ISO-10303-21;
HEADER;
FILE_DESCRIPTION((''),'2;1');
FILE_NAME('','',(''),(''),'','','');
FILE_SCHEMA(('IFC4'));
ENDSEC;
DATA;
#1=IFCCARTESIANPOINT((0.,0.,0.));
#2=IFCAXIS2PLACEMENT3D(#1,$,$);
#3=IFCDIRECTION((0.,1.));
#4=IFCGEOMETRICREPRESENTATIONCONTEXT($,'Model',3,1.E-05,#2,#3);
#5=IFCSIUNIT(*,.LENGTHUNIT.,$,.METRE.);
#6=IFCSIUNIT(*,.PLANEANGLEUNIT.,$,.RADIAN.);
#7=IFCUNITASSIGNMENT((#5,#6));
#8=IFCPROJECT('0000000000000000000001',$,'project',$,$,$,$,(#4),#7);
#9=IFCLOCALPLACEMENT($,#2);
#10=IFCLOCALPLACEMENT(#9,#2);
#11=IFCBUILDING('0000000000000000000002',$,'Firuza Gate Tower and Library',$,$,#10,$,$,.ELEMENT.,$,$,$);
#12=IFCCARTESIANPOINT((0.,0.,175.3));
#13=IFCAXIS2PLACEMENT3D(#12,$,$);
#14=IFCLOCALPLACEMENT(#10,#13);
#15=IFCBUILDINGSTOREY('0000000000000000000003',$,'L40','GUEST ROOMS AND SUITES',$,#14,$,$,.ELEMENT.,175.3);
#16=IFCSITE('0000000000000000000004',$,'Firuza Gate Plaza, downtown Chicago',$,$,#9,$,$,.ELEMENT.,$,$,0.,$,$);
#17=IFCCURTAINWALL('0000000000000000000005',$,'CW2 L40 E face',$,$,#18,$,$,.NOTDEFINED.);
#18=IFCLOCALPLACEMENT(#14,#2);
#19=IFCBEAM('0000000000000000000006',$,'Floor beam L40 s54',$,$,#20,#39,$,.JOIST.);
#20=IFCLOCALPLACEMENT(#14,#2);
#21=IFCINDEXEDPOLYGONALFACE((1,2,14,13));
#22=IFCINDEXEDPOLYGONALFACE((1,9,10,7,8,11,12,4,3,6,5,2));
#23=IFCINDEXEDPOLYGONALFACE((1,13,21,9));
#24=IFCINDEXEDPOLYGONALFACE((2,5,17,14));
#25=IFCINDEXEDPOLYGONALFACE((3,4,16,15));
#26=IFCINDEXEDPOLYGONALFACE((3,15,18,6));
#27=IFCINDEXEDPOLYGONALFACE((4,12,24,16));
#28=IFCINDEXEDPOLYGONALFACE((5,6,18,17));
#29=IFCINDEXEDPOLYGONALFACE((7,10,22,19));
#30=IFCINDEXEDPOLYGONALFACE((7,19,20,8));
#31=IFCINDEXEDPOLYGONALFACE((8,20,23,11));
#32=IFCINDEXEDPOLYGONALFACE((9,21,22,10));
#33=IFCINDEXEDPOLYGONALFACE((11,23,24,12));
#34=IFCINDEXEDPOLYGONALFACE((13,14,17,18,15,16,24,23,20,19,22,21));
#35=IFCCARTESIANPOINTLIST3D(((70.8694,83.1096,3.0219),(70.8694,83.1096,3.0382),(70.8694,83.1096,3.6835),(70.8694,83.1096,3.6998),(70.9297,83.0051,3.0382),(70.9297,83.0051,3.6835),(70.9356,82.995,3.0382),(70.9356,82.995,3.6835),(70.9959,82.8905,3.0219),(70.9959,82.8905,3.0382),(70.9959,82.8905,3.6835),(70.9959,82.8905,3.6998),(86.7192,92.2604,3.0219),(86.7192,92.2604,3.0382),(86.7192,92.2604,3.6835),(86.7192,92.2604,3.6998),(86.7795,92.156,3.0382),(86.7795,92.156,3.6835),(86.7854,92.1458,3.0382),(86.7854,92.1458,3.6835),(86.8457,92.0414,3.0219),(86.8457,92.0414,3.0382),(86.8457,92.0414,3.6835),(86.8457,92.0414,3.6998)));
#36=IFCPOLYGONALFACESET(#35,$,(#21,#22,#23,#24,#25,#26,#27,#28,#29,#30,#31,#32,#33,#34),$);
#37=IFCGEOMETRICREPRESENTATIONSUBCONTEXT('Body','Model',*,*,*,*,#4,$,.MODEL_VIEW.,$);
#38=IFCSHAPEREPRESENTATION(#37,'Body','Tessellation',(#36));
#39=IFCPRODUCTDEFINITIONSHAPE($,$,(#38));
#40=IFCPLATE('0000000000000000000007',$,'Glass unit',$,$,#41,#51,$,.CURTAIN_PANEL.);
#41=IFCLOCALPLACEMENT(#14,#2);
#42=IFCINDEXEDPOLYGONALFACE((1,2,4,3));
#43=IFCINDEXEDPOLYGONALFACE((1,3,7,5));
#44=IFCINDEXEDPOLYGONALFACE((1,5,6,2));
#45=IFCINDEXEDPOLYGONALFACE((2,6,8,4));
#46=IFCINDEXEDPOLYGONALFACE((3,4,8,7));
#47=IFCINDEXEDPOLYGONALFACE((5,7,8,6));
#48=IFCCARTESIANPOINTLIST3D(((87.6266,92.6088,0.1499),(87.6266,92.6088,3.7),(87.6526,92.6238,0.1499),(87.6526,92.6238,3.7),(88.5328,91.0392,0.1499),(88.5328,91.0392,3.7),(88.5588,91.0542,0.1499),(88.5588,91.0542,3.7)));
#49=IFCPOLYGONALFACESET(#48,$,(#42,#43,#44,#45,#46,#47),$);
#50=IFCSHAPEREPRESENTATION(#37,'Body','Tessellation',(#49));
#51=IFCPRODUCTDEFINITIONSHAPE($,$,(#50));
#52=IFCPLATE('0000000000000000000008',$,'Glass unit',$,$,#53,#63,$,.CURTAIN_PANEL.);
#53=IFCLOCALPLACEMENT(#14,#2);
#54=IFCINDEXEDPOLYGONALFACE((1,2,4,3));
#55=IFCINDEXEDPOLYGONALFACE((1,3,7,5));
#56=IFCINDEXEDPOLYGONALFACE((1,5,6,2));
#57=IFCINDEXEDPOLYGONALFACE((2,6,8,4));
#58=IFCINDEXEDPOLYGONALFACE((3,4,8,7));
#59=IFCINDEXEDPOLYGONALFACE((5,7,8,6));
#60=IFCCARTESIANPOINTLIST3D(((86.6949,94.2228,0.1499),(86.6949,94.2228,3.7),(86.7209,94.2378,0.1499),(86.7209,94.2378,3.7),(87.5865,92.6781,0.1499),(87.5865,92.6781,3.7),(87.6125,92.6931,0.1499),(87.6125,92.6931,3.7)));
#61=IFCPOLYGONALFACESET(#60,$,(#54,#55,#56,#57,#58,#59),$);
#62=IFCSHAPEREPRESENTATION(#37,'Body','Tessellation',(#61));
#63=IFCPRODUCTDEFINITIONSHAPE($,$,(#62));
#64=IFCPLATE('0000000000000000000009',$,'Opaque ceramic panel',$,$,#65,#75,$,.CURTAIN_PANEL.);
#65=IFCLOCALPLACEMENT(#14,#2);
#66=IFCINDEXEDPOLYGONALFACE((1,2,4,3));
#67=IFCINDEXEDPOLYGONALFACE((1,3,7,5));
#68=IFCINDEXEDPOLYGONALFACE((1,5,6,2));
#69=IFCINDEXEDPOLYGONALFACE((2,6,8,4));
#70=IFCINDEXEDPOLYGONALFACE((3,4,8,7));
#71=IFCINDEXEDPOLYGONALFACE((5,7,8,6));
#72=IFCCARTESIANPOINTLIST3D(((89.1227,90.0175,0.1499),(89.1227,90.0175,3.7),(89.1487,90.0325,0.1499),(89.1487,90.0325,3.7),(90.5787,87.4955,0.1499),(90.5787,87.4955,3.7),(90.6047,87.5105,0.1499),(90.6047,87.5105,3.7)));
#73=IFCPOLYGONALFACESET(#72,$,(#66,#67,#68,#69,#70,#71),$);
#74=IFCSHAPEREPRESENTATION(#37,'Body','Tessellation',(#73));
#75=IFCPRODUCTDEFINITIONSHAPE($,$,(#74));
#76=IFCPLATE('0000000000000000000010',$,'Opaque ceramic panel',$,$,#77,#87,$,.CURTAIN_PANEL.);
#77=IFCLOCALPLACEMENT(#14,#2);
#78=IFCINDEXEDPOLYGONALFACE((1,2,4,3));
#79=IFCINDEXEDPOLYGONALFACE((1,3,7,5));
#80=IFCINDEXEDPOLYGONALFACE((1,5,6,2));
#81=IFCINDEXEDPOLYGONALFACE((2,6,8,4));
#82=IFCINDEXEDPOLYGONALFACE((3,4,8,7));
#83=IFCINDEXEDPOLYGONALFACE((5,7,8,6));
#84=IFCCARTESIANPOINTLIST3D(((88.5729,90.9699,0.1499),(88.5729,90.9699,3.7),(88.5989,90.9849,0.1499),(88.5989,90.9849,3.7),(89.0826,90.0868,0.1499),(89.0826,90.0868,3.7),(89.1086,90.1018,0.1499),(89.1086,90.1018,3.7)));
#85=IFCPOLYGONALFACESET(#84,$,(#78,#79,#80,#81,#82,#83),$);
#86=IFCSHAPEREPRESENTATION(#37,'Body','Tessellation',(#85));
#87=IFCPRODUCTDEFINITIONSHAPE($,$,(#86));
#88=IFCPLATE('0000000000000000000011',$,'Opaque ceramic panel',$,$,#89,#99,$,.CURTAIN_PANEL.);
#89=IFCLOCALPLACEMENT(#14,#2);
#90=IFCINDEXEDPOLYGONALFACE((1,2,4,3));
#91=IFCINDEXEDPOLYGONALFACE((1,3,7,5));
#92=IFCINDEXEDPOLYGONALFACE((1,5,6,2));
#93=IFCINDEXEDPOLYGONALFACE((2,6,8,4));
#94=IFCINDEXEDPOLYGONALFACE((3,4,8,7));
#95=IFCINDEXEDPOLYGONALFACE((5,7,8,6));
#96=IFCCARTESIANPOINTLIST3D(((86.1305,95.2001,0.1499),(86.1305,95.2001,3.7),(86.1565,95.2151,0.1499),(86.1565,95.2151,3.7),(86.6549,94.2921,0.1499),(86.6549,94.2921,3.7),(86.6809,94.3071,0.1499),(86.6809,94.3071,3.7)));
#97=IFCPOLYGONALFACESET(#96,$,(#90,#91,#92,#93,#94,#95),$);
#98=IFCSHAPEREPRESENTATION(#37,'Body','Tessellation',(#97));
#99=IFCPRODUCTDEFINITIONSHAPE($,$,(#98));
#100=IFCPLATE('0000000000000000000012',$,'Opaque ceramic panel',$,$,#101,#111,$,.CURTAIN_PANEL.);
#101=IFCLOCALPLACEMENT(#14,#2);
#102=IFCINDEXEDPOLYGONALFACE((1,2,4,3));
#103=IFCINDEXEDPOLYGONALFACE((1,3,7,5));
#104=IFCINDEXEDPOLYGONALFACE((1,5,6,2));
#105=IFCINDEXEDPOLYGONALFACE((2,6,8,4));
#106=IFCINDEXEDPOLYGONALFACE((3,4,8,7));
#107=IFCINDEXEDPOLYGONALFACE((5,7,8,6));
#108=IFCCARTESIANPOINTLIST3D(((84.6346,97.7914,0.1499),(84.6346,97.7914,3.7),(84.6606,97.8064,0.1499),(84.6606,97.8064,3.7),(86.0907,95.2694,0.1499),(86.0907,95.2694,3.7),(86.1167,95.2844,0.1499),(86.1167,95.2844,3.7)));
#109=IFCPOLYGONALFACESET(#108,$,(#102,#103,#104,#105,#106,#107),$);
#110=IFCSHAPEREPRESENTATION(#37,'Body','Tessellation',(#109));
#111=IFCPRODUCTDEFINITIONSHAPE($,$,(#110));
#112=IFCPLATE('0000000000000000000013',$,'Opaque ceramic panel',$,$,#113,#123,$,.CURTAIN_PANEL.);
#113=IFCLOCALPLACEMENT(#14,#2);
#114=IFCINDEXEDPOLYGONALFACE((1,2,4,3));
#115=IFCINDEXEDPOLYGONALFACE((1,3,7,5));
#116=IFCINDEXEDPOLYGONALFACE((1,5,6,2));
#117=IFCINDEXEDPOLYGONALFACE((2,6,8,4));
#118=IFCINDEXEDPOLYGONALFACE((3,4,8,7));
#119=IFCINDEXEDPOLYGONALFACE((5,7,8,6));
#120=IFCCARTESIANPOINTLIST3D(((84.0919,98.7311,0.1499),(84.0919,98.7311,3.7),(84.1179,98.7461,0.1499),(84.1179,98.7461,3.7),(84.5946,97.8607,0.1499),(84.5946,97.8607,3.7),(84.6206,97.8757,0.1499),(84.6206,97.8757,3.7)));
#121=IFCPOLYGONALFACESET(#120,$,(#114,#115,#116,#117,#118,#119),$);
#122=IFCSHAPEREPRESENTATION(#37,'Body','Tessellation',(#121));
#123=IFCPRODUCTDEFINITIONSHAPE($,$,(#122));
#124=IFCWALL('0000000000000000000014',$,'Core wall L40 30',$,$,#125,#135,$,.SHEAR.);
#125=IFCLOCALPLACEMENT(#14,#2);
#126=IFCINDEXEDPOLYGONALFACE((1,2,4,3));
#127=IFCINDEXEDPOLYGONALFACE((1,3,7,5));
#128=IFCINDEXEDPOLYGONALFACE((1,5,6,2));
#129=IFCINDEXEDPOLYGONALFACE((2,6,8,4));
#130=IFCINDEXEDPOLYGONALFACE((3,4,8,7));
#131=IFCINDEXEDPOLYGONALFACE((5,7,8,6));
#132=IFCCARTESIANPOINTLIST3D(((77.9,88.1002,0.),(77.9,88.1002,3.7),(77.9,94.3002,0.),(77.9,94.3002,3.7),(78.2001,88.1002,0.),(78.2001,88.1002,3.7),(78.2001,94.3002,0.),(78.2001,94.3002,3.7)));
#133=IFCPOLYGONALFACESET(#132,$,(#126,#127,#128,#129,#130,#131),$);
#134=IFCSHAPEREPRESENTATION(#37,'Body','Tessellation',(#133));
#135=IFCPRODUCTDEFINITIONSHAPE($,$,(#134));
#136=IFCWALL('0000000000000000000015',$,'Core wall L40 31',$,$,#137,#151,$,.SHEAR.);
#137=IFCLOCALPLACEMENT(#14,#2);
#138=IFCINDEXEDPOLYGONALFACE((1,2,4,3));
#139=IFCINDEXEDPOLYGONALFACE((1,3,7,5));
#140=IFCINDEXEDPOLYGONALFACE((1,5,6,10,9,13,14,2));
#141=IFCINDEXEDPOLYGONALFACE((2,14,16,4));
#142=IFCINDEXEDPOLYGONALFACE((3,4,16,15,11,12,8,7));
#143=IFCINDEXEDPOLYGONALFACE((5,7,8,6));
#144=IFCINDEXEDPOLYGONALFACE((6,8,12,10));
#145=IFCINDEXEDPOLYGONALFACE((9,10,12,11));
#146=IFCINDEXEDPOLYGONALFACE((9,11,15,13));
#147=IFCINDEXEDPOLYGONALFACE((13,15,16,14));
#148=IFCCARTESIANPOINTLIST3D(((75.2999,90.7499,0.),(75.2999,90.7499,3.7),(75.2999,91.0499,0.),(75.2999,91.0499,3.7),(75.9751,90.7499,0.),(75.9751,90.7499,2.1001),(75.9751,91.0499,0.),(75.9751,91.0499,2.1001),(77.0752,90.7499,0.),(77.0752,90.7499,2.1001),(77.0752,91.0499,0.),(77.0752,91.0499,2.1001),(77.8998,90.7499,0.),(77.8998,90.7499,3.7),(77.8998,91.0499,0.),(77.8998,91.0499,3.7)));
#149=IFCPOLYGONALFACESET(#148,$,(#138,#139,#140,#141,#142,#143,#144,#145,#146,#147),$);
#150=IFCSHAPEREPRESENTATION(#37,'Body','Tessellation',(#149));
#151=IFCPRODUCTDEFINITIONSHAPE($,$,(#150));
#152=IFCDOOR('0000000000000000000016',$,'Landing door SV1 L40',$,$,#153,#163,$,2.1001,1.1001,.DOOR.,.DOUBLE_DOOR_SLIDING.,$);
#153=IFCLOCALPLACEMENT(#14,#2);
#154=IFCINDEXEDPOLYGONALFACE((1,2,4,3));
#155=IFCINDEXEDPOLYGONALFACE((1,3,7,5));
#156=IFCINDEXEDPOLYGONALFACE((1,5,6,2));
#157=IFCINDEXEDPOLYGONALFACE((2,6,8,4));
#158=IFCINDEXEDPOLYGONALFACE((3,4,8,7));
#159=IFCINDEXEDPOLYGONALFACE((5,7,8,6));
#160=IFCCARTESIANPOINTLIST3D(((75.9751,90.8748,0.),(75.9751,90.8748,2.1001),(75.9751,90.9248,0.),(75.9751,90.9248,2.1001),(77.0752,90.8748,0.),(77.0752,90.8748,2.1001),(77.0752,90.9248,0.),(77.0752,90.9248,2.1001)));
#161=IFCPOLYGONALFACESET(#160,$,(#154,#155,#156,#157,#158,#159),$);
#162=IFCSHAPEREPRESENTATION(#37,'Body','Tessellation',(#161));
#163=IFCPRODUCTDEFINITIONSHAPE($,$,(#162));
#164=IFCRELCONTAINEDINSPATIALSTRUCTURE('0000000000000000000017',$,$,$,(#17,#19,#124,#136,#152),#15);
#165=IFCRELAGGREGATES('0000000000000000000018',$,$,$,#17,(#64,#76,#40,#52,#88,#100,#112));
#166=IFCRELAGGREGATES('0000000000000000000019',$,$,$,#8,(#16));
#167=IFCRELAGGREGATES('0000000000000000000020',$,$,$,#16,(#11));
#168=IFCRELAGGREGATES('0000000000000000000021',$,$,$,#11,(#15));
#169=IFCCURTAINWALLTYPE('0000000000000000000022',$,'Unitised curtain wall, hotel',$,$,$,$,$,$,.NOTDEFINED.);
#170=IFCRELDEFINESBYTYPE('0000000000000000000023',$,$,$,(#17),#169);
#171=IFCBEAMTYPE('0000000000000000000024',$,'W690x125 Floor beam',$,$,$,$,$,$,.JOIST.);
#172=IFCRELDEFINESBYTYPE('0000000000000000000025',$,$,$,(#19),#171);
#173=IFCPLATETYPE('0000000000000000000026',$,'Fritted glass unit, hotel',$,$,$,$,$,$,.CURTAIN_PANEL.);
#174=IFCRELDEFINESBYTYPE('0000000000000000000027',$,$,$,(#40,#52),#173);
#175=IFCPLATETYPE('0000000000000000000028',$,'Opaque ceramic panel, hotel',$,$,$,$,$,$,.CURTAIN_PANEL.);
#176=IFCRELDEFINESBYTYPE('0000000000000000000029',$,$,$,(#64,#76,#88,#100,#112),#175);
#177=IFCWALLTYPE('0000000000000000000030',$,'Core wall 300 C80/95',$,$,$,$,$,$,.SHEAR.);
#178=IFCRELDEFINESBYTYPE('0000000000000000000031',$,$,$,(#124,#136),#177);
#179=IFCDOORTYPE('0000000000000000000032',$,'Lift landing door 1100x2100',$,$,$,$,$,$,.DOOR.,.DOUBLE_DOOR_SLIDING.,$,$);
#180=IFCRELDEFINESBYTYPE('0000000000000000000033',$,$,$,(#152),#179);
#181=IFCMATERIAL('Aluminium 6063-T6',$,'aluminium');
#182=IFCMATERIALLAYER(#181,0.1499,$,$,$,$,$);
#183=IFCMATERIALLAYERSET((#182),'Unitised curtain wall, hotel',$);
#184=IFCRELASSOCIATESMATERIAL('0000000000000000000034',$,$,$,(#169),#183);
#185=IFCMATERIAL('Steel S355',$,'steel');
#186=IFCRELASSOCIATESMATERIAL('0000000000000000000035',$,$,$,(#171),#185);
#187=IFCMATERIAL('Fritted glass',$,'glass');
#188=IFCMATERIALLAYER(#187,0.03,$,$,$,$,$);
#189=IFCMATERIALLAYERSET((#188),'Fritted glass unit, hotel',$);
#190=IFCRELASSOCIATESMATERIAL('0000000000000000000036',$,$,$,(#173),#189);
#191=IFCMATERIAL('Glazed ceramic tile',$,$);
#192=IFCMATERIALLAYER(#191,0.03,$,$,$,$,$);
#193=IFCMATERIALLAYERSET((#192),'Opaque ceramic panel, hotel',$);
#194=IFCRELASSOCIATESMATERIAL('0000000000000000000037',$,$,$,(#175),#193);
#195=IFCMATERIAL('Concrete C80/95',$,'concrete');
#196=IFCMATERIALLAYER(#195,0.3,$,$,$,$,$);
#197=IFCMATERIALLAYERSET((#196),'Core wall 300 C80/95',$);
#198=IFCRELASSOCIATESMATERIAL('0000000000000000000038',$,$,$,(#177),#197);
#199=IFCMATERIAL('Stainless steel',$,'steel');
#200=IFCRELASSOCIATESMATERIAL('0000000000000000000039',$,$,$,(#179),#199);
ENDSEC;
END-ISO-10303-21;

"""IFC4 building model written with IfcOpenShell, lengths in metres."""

from ifc_helpers import new_model, si_unit, direction, frame, frame_2d, origin, origin_2d, place, context, subcontext, project, spatial, polyline, rectangle, i_section, outline, extrude, material, layer, layer_set, material_profile, profile_set, type_object, element, fill, aggregate, save


model = new_model("IFC4")

# Units and contexts
model_context = context("Model", 3, precision=1e-05, world=origin(), true_north=direction((0.0, 1.0)))
body_context = subcontext(model_context, "Body", "Model", "MODEL_VIEW")
ifc_project = project(units=[si_unit("LENGTHUNIT", "METRE"), si_unit("PLANEANGLEUNIT", "RADIAN")], contexts=[model_context])

# Site, building, storey
site_placement = place(None, origin())
site = spatial("IfcSite", under=ifc_project, at=site_placement, Name="Firuza Gate Plaza, downtown Chicago", CompositionType="ELEMENT", RefElevation=0.0)
building_placement = place(site_placement, origin())
building = spatial("IfcBuilding", under=site, at=building_placement, Name="Firuza Gate Tower and Library", CompositionType="ELEMENT")
storey_placement = place(building_placement, frame((0.0, 0.0, 175.3)))
storey = spatial("IfcBuildingStorey", under=building, at=storey_placement, Name="L40", Description="GUEST ROOMS AND SUITES", CompositionType="ELEMENT", Elevation=175.3)

# Curtain wall
ifc_material_1 = material(Name="Aluminium 6063-T6", Category="aluminium")
ifc_layer_1 = layer(ifc_material_1, 0.1499)
ifc_layer_set_1 = layer_set([ifc_layer_1], Name="Unitised curtain wall, hotel")
curtain_wall_type = type_object("IfcCurtainWallType", Name="Unitised curtain wall, hotel", PredefinedType="NOTDEFINED", material=ifc_layer_set_1)
curtain_wall_placement = place(storey_placement, origin())
curtain_wall = element("IfcCurtainWall", 1, at=curtain_wall_placement, inside=storey, type_object=curtain_wall_type, Name="CW2 L40 E face", PredefinedType="NOTDEFINED")

# Beam
ifc_material_2 = material(Name="Steel S355", Category="steel")
ifc_material_profile_1 = material_profile(ifc_material_2, i_section(OverallWidth=0.2529, OverallDepth=0.678, WebThickness=0.0117, FlangeThickness=0.0164, at=origin_2d()))
ifc_profile_set_1 = profile_set([ifc_material_profile_1], Name="Steel S355")
beam_type_1 = type_object("IfcBeamType", Name="W690x125 Floor beam", PredefinedType="JOIST", material=ifc_profile_set_1)
beam_1_placement = place(storey_placement, frame((86.7825, 92.1509, 3.3608), z_axis=(-0.866026, -0.499998, 0.0), x_axis=(0.499998, -0.866026, 0.0)))
element("IfcBeam", 2, at=beam_1_placement, inside=storey, type_object=beam_type_1, Name="Floor beam L40 s54", PredefinedType="JOIST", context=body_context, shape_type="SweptSolid", body=[
    extrude(i_section(OverallWidth=0.2529, OverallDepth=0.678, WebThickness=0.0117, FlangeThickness=0.0164, at=origin_2d()), origin(), (0.0, 0.0, 1.0), 18.3018),
])

# Plates
ifc_material_3 = material(Name="Fritted glass", Category="glass")
ifc_layer_2 = layer(ifc_material_3, 0.03)
ifc_layer_set_2 = layer_set([ifc_layer_2], Name="Fritted glass unit, hotel")
plate_type_1 = type_object("IfcPlateType", Name="Fritted glass unit, hotel", PredefinedType="CURTAIN_PANEL", material=ifc_layer_set_2)
plate_1_placement = place(storey_placement, frame((88.5588, 91.0542, 0.1499), z_axis=(0.866013, 0.500022, 0.0), x_axis=(-0.500022, 0.866013, 0.0)))
plate_1 = element("IfcPlate", 3, at=plate_1_placement, type_object=plate_type_1, Name="Glass unit", PredefinedType="CURTAIN_PANEL", context=body_context, shape_type="SweptSolid", body=[
    extrude(outline(polyline([(0.0, 0.0), (1.8124, 0.0), (1.8124, 3.55), (0.0, 3.55), (0.0, 0.0)])), origin(), (0.0, 0.0, -1.0), 0.03),
])
plate_2_placement = place(storey_placement, frame((87.6125, 92.6931, 0.1499), z_axis=(0.866078, 0.499908, 0.0), x_axis=(-0.499908, 0.866078, 0.0)))
plate_2 = element("IfcPlate", 4, at=plate_2_placement, type_object=plate_type_1, Name="Glass unit", PredefinedType="CURTAIN_PANEL", context=body_context, shape_type="SweptSolid", body=[
    extrude(outline(polyline([(0.0, 0.0), (1.7835, 0.0), (1.7835, 3.55), (0.0, 3.55), (0.0, 0.0)])), origin(), (0.0, 0.0, -1.0), 0.03),
])
ifc_material_4 = material(Name="Glazed ceramic tile")
ifc_layer_3 = layer(ifc_material_4, 0.03)
ifc_layer_set_3 = layer_set([ifc_layer_3], Name="Opaque ceramic panel, hotel")
plate_type_2 = type_object("IfcPlateType", Name="Opaque ceramic panel, hotel", PredefinedType="CURTAIN_PANEL", material=ifc_layer_set_3)
plate_3_placement = place(storey_placement, frame((90.6047, 87.5105, 0.1499), z_axis=(0.866026, 0.499998, 0.0), x_axis=(-0.499998, 0.866026, 0.0)))
plate_3 = element("IfcPlate", 5, at=plate_3_placement, type_object=plate_type_2, Name="Opaque ceramic panel", PredefinedType="CURTAIN_PANEL", context=body_context, shape_type="SweptSolid", body=[
    extrude(outline(polyline([(0.0, 0.0), (2.9121, 0.0), (2.9121, 3.55), (0.0, 3.55), (0.0, 0.0)])), origin(), (0.0, 0.0, -1.0), 0.03),
])
plate_4_placement = place(storey_placement, frame((89.1086, 90.1018, 0.1499), z_axis=(0.866054, 0.49995, 0.0), x_axis=(-0.49995, 0.866054, 0.0)))
plate_4 = element("IfcPlate", 6, at=plate_4_placement, type_object=plate_type_2, Name="Opaque ceramic panel", PredefinedType="CURTAIN_PANEL", context=body_context, shape_type="SweptSolid", body=[
    extrude(outline(polyline([(0.0, 0.0), (1.0196, 0.0), (1.0196, 3.55), (0.0, 3.55), (0.0, 0.0)])), origin(), (0.0, 0.0, -1.0), 0.03),
])
plate_5_placement = place(storey_placement, frame((86.6809, 94.3071, 0.1499), z_axis=(0.865941, 0.500146, 0.0), x_axis=(-0.500146, 0.865941, 0.0)))
plate_5 = element("IfcPlate", 7, at=plate_5_placement, type_object=plate_type_2, Name="Opaque ceramic panel", PredefinedType="CURTAIN_PANEL", context=body_context, shape_type="SweptSolid", body=[
    extrude(outline(polyline([(0.0, 0.0), (1.0485, 0.0), (1.0485, 3.55), (0.0, 3.55), (0.0, 0.0)])), origin(), (0.0, 0.0, -1.0), 0.03),
])
plate_6_placement = place(storey_placement, frame((86.1167, 95.2844, 0.1499), z_axis=(0.866026, 0.499998, 0.0), x_axis=(-0.499998, 0.866026, 0.0)))
plate_6 = element("IfcPlate", 8, at=plate_6_placement, type_object=plate_type_2, Name="Opaque ceramic panel", PredefinedType="CURTAIN_PANEL", context=body_context, shape_type="SweptSolid", body=[
    extrude(outline(polyline([(0.0, 0.0), (2.9121, 0.0), (2.9121, 3.55), (0.0, 3.55), (0.0, 0.0)])), origin(), (0.0, 0.0, -1.0), 0.03),
])
plate_7_placement = place(storey_placement, frame((84.6206, 97.8757, 0.1499), z_axis=(0.865947, 0.500136, 0.0), x_axis=(-0.500136, 0.865947, 0.0)))
plate_7 = element("IfcPlate", 9, at=plate_7_placement, type_object=plate_type_2, Name="Opaque ceramic panel", PredefinedType="CURTAIN_PANEL", context=body_context, shape_type="SweptSolid", body=[
    extrude(outline(polyline([(0.0, 0.0), (1.0051, 0.0), (1.0051, 3.55), (0.0, 3.55), (0.0, 0.0)])), origin(), (0.0, 0.0, -1.0), 0.03),
])
aggregate(curtain_wall, [plate_3, plate_4, plate_1, plate_2, plate_5, plate_6, plate_7])

# Wall
ifc_material_5 = material(Name="Concrete C80/95", Category="concrete")
ifc_layer_4 = layer(ifc_material_5, 0.3)
ifc_layer_set_4 = layer_set([ifc_layer_4], Name="Core wall 300 C80/95")
wall_type_1 = type_object("IfcWallType", Name="Core wall 300 C80/95", PredefinedType="SHEAR", material=ifc_layer_set_4)
wall_1_placement = place(storey_placement, frame((78.05, 88.1001, 0.0), z_axis=(0.0, 0.0, 1.0), x_axis=(0.0, 1.0, 0.0)))
element("IfcWall", 10, at=wall_1_placement, inside=storey, type_object=wall_type_1, Name="Core wall L40 30", PredefinedType="SHEAR", context=body_context, shape_type="SweptSolid", body=[
    extrude(rectangle(XDim=6.2, YDim=0.3, at=frame_2d((3.1001, 0.0))), origin(), (0.0, 0.0, 1.0), 3.7),
])

# Wall, opening, door
wall_2_placement = place(storey_placement, frame((75.3, 90.8999, 0.0), z_axis=(0.0, 0.0, 1.0), x_axis=(1.0, 0.0, 0.0)))
wall_2 = element("IfcWall", 11, at=wall_2_placement, inside=storey, type_object=wall_type_1, Name="Core wall L40 31", PredefinedType="SHEAR", context=body_context, shape_type="SweptSolid", body=[
    extrude(rectangle(XDim=2.5999, YDim=0.3, at=frame_2d((1.2998, 0.0))), origin(), (0.0, 0.0, 1.0), 3.7),
])
opening_1_placement = place(wall_2_placement, frame((0.675, 0.0, 0.0)))
opening_1 = element("IfcOpeningElement", 12, at=opening_1_placement, cuts=wall_2, PredefinedType="OPENING", context=body_context, shape_type="SweptSolid", body=[
    extrude(rectangle(XDim=1.1001, YDim=2.1001, at=frame_2d((0.55, 1.05))), frame((0.0, 0.1602, 0.0), z_axis=(0.0, -1.0, 0.0), x_axis=(1.0, 0.0, 0.0)), (0.0, 0.0, 1.0), 0.3201),
])
ifc_material_6 = material(Name="Stainless steel", Category="steel")
door_type_1 = type_object("IfcDoorType", Name="Lift landing door 1100x2100", OperationType="DOUBLE_DOOR_SLIDING", PredefinedType="DOOR", material=ifc_material_6)
door_1_placement = place(opening_1_placement, origin())
door_1 = element("IfcDoor", 13, at=door_1_placement, inside=storey, type_object=door_type_1, Name="Landing door SV1 L40", OperationType="DOUBLE_DOOR_SLIDING", OverallHeight=2.1001, OverallWidth=1.1001, PredefinedType="DOOR", context=body_context, shape_type="SweptSolid", body=[
    extrude(rectangle(XDim=1.1001, YDim=2.1001, at=frame_2d((0.55, 1.05))), frame((0.0, 0.0249, 0.0), z_axis=(0.0, -1.0, 0.0), x_axis=(1.0, 0.0, 0.0)), (0.0, 0.0, 1.0), 0.05),
])
fill(opening_1, door_1)

save(model, "model.ifc")
